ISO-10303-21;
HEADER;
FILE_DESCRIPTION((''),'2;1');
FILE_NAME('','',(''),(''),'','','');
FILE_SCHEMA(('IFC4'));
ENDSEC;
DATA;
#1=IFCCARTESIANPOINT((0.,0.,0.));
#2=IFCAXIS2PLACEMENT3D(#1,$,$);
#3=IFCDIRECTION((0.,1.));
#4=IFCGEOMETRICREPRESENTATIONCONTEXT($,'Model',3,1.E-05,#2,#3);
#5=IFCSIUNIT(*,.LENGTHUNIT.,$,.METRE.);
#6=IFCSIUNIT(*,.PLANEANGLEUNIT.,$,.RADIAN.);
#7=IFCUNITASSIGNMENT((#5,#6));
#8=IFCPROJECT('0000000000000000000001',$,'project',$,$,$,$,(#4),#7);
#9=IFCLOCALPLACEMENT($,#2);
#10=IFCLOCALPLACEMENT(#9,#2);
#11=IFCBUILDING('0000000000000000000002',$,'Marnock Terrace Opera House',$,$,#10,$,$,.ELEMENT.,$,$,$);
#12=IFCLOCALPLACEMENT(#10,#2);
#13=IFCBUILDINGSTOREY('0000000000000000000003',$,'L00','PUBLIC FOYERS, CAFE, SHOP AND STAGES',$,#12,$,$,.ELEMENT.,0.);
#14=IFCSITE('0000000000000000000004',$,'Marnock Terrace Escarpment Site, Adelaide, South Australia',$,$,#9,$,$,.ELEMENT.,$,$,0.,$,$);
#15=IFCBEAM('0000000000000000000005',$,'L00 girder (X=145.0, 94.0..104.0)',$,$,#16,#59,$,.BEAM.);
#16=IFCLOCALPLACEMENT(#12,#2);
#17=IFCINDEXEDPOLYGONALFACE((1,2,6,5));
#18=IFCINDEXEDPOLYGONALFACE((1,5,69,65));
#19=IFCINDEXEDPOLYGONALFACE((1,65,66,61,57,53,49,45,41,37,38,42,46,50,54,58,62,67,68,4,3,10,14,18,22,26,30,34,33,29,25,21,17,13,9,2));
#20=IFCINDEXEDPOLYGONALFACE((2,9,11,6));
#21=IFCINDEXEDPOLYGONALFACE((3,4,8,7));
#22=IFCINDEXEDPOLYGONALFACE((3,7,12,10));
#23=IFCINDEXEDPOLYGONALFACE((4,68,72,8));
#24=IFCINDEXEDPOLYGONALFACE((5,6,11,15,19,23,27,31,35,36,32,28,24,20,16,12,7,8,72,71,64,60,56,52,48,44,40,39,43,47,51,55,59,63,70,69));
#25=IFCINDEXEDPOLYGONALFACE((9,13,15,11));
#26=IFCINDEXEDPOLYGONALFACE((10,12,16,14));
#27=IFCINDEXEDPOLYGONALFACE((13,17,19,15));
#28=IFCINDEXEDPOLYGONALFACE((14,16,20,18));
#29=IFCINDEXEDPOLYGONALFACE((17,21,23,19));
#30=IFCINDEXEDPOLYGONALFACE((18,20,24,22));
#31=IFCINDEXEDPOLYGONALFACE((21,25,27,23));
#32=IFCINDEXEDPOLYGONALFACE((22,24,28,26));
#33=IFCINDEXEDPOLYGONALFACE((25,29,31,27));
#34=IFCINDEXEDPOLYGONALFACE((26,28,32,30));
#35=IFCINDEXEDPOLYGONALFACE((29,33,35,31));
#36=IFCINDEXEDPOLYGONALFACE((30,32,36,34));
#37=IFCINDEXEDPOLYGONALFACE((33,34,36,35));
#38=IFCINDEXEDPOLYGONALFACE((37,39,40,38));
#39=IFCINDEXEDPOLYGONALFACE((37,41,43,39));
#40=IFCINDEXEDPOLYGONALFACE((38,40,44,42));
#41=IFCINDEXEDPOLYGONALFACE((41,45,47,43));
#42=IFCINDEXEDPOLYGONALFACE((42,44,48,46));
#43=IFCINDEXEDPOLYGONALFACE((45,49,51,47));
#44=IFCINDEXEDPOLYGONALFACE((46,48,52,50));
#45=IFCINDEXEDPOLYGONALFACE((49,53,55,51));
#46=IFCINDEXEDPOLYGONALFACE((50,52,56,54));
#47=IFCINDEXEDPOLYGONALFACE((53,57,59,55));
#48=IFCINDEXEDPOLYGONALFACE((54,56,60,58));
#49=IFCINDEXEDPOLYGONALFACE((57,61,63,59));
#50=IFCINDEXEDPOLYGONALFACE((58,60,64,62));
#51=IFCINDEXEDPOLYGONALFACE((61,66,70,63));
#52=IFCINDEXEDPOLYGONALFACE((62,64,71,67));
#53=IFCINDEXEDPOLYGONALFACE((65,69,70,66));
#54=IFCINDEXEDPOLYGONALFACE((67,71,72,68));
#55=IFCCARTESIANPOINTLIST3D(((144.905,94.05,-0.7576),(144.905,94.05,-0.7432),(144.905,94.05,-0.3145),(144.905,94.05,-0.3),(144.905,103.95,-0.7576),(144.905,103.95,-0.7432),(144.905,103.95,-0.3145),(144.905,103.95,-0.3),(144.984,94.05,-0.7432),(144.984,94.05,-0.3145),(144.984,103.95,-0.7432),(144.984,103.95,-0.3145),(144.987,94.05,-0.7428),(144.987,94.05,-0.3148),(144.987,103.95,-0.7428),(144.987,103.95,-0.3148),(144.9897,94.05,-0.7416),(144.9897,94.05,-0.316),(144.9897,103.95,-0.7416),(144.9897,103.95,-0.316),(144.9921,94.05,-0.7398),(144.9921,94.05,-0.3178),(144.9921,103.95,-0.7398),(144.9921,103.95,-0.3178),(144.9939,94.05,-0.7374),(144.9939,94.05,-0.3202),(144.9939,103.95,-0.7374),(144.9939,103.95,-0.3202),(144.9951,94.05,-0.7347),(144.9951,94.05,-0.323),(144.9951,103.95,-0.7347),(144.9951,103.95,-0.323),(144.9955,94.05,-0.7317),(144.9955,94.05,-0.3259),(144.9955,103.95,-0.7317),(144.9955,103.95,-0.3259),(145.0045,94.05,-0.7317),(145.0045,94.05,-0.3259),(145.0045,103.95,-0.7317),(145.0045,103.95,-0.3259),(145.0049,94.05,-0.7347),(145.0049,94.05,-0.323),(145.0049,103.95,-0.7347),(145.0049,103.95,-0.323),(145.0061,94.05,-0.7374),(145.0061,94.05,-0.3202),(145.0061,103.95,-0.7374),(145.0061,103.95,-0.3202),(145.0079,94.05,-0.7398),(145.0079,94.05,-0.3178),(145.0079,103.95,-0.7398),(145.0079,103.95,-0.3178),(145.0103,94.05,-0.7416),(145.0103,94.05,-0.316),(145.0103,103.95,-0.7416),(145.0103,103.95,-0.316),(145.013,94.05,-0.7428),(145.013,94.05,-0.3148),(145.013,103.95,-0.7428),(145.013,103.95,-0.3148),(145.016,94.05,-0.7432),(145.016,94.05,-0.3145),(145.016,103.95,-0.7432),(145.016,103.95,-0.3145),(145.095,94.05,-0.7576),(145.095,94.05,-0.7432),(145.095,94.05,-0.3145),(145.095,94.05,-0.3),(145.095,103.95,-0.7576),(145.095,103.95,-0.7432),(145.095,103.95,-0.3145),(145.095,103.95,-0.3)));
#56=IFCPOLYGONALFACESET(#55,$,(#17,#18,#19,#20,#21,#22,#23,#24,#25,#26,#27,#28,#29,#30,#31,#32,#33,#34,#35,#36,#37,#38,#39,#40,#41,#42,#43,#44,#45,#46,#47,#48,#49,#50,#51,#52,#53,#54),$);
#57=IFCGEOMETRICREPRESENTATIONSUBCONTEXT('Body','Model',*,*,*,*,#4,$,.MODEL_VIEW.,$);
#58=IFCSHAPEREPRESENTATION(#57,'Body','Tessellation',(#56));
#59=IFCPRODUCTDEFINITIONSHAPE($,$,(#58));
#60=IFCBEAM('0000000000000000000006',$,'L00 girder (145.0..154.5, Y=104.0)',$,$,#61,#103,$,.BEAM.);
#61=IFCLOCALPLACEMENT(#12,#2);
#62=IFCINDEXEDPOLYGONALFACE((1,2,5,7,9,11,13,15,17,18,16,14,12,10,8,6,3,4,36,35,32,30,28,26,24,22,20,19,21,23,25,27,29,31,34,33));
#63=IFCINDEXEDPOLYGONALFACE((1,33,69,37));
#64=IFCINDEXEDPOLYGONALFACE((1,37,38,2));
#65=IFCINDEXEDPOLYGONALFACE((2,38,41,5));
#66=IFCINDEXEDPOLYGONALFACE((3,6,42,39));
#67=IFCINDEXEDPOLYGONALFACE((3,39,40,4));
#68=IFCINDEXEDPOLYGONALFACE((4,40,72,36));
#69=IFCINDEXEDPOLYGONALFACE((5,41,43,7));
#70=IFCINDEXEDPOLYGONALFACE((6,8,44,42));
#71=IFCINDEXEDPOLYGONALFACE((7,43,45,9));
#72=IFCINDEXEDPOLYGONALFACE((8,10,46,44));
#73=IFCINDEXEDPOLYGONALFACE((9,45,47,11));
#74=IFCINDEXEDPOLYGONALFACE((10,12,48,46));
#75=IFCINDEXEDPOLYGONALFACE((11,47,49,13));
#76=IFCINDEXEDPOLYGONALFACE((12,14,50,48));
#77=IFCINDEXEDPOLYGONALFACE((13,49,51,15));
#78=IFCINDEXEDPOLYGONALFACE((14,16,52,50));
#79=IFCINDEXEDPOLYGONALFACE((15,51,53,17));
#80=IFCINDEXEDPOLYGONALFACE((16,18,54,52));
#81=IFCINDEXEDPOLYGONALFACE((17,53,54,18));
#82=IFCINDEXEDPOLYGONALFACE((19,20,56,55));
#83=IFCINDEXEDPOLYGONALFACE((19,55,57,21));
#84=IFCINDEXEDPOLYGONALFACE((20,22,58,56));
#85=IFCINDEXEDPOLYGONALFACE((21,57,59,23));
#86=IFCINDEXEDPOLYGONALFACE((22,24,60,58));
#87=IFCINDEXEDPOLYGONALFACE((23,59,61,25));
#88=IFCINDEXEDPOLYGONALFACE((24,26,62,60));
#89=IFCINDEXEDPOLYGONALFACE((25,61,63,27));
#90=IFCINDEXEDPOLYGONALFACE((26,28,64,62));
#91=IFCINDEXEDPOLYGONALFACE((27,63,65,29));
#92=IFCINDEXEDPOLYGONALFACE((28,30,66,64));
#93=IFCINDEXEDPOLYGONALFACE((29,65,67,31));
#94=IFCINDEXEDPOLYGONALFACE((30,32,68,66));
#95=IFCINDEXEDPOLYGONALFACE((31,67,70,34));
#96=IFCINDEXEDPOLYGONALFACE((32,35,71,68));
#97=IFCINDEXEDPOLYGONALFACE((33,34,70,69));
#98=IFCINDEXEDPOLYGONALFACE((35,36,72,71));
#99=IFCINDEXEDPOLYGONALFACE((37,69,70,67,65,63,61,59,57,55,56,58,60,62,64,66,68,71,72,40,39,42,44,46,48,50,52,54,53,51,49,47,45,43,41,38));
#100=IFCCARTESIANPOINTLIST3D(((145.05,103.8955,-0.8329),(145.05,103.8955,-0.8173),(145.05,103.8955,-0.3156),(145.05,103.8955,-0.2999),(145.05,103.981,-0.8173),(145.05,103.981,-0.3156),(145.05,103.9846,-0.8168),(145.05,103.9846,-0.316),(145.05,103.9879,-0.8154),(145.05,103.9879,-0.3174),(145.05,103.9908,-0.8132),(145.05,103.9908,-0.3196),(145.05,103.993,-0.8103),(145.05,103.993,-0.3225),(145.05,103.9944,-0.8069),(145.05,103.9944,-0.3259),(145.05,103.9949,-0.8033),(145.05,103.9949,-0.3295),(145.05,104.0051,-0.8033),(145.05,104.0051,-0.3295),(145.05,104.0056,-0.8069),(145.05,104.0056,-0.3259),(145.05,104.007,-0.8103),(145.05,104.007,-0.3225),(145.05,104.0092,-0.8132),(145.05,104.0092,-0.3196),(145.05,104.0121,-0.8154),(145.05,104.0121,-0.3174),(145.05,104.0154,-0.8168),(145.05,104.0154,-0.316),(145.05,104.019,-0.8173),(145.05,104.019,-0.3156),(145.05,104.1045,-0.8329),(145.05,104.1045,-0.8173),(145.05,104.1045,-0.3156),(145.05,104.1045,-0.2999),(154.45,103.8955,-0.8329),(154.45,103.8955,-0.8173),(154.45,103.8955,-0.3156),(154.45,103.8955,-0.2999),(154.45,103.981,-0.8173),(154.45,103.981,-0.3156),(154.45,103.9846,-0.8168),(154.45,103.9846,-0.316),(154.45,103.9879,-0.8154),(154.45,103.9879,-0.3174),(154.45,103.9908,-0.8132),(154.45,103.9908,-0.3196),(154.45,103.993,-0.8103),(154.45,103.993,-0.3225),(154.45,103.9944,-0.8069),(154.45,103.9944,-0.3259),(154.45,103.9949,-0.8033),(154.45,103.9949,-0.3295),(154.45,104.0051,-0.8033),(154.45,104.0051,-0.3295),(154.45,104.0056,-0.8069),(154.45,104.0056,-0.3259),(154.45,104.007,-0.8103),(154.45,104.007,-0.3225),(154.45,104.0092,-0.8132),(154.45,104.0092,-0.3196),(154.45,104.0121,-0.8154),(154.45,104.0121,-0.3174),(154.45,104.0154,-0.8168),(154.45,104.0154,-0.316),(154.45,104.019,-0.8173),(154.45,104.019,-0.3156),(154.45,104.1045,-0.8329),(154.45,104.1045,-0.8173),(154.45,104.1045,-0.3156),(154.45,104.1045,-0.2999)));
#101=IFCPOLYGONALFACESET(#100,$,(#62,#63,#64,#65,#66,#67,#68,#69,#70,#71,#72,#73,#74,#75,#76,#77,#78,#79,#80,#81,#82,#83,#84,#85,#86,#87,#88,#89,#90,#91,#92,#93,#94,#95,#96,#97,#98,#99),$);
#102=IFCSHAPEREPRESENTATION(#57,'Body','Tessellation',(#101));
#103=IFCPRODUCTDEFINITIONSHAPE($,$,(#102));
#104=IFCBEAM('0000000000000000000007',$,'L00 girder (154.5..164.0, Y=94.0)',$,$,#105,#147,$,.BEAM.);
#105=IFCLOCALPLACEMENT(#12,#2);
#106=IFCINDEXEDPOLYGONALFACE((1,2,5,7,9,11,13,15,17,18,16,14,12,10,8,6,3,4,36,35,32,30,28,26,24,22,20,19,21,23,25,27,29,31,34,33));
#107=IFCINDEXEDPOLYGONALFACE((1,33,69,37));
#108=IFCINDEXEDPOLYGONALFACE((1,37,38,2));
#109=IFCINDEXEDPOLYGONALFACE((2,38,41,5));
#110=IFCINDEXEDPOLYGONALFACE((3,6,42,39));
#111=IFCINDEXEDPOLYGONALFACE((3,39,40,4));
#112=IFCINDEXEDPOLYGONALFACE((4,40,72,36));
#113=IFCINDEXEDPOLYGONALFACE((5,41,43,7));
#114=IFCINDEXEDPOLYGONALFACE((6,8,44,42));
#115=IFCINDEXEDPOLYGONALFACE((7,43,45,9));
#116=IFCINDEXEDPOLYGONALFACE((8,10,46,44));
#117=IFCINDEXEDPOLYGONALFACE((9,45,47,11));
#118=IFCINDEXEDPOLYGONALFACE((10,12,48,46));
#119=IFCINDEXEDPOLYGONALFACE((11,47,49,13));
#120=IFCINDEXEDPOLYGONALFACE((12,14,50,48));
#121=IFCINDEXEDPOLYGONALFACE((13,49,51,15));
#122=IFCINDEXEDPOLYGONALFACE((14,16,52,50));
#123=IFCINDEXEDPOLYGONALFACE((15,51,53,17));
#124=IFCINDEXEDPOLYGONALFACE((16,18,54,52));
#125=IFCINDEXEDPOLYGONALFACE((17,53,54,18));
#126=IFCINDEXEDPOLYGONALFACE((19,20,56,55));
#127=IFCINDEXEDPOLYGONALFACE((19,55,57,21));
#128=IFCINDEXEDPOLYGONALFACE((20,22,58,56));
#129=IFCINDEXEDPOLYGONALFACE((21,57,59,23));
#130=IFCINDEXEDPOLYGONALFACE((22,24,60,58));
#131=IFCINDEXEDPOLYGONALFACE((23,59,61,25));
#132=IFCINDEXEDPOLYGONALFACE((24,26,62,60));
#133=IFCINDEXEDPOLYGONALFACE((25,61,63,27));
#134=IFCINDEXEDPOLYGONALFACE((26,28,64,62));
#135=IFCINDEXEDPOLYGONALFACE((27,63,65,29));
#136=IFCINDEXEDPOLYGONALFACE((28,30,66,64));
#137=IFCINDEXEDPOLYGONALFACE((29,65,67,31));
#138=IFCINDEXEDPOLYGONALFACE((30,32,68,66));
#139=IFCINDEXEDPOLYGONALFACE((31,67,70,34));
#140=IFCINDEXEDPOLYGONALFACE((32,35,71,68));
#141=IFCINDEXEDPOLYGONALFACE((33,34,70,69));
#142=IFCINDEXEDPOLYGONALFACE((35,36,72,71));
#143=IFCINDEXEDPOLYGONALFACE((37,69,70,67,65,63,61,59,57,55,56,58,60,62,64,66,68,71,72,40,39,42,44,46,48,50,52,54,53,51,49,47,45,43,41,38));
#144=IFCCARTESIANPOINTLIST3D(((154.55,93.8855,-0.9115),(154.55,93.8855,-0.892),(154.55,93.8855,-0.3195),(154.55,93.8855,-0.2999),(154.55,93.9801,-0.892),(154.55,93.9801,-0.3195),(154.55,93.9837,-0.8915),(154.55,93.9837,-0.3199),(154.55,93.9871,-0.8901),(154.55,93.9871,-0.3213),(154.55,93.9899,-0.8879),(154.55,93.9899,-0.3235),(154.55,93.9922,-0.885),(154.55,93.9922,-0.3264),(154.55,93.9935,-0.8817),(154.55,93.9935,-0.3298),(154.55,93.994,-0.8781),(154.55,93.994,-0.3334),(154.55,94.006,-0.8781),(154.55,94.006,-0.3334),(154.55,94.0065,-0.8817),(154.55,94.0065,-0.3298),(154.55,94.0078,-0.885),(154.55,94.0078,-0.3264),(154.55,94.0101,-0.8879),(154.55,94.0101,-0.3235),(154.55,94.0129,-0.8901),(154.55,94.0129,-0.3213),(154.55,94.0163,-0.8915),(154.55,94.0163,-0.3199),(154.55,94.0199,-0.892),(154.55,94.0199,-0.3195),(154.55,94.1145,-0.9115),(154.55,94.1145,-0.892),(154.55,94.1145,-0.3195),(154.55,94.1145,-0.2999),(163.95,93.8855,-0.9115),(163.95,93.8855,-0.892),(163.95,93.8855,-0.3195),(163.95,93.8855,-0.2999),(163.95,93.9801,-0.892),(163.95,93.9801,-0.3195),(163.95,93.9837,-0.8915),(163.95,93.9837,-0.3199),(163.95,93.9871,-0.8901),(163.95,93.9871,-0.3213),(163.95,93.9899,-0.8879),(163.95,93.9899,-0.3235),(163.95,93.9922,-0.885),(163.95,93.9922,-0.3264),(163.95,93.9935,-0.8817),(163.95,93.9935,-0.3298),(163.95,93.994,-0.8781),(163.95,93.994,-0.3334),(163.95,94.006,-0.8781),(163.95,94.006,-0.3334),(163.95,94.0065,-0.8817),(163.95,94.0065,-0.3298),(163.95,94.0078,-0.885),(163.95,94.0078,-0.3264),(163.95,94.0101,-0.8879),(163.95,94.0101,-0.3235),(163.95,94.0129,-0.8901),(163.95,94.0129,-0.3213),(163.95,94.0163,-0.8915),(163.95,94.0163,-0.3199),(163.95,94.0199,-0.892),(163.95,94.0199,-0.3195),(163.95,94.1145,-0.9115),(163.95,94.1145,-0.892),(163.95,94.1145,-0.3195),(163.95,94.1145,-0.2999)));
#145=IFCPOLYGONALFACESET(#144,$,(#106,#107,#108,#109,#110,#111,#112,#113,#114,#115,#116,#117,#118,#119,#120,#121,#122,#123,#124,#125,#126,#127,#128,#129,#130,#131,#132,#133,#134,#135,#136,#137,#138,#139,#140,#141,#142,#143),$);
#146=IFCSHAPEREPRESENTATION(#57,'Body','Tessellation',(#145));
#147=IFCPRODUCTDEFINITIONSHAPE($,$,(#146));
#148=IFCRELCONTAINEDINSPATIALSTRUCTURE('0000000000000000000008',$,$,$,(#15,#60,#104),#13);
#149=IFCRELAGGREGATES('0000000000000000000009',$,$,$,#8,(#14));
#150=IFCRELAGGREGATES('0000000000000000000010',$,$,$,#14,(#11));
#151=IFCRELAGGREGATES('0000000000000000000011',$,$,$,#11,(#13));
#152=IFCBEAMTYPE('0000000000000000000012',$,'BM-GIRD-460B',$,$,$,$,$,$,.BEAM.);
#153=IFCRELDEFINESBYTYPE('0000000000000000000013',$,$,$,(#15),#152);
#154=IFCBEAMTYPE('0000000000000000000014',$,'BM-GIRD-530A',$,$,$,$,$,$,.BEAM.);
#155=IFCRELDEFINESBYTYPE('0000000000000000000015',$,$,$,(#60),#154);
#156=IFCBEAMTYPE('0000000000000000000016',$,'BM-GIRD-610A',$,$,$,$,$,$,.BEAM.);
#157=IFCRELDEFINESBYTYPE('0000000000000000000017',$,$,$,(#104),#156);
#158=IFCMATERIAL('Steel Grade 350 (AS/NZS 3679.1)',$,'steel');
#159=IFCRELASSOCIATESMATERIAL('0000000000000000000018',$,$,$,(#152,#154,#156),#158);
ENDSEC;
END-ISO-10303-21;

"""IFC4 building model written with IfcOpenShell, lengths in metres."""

from ifc_helpers import new_model, si_unit, direction, frame, origin, origin_2d, place, context, subcontext, project, spatial, i_section, extrude, material, material_profile, profile_set, type_object, element, save


model = new_model("IFC4")

# Units and contexts
model_context = context("Model", 3, precision=1e-05, world=origin(), true_north=direction((0.0, 1.0)))
body_context = subcontext(model_context, "Body", "Model", "MODEL_VIEW")
ifc_project = project(units=[si_unit("LENGTHUNIT", "METRE"), si_unit("PLANEANGLEUNIT", "RADIAN")], contexts=[model_context])

# Site, building, storey
site_placement = place(None, origin())
site = spatial("IfcSite", under=ifc_project, at=site_placement, Name="Marnock Terrace Escarpment Site, Adelaide, South Australia", CompositionType="ELEMENT", RefElevation=0.0)
building_placement = place(site_placement, origin())
building = spatial("IfcBuilding", under=site, at=building_placement, Name="Marnock Terrace Opera House", CompositionType="ELEMENT")
storey_placement = place(building_placement, origin())
storey = spatial("IfcBuildingStorey", under=building, at=storey_placement, Name="L00", Description="PUBLIC FOYERS, CAFE, SHOP AND STAGES", CompositionType="ELEMENT", Elevation=0.0)

# Shared definitions
ifc_material_1 = material(Name="Steel Grade 350 (AS/NZS 3679.1)", Category="steel")

# Beams
ifc_material_profile_1 = material_profile(ifc_material_1, i_section(OverallWidth=0.1899, OverallDepth=0.4575, WebThickness=0.009, FlangeThickness=0.0144, FilletRadius=0.0115, at=origin_2d()))
ifc_profile_set_1 = profile_set([ifc_material_profile_1], Name="Steel Grade 350 (AS/NZS 3679.1)")
beam_type_1 = type_object("IfcBeamType", Name="BM-GIRD-460B", PredefinedType="BEAM", material=ifc_profile_set_1)
beam_1_placement = place(storey_placement, frame((145.0, 94.05, -0.5288), z_axis=(0.0, 1.0, 0.0), x_axis=(-1.0, 0.0, 0.0)))
element("IfcBeam", 1, at=beam_1_placement, inside=storey, type_object=beam_type_1, Name="L00 girder (X=145.0, 94.0..104.0)", PredefinedType="BEAM", context=body_context, shape_type="SweptSolid", body=[
    extrude(i_section(OverallWidth=0.1899, OverallDepth=0.4575, WebThickness=0.009, FlangeThickness=0.0144, FilletRadius=0.0115, at=origin_2d()), origin(), (0.0, 0.0, 1.0), 9.8999),
])
ifc_material_profile_2 = material_profile(ifc_material_1, i_section(OverallWidth=0.209, OverallDepth=0.533, WebThickness=0.0103, FlangeThickness=0.0156, FilletRadius=0.0139, at=origin_2d()))
ifc_profile_set_2 = profile_set([ifc_material_profile_2], Name="Steel Grade 350 (AS/NZS 3679.1)")
beam_type_2 = type_object("IfcBeamType", Name="BM-GIRD-530A", PredefinedType="BEAM", material=ifc_profile_set_2)
beam_2_placement = place(storey_placement, frame((145.05, 104.0, -0.5664), z_axis=(1.0, 0.0, 0.0), x_axis=(0.0, 1.0, 0.0)))
element("IfcBeam", 2, at=beam_2_placement, inside=storey, type_object=beam_type_2, Name="L00 girder (145.0..154.5, Y=104.0)", PredefinedType="BEAM", context=body_context, shape_type="SweptSolid", body=[
    extrude(i_section(OverallWidth=0.209, OverallDepth=0.533, WebThickness=0.0103, FlangeThickness=0.0156, FilletRadius=0.0139, at=origin_2d()), origin(), (0.0, 0.0, 1.0), 9.3999),
])
ifc_material_profile_3 = material_profile(ifc_material_1, i_section(OverallWidth=0.229, OverallDepth=0.6116, WebThickness=0.012, FlangeThickness=0.0195, FilletRadius=0.0139, at=origin_2d()))
ifc_profile_set_3 = profile_set([ifc_material_profile_3], Name="Steel Grade 350 (AS/NZS 3679.1)")
beam_type_3 = type_object("IfcBeamType", Name="BM-GIRD-610A", PredefinedType="BEAM", material=ifc_profile_set_3)
beam_3_placement = place(storey_placement, frame((154.55, 94.0, -0.6057), z_axis=(1.0, 0.0, 0.0), x_axis=(0.0, 1.0, 0.0)))
element("IfcBeam", 3, at=beam_3_placement, inside=storey, type_object=beam_type_3, Name="L00 girder (154.5..164.0, Y=94.0)", PredefinedType="BEAM", context=body_context, shape_type="SweptSolid", body=[
    extrude(i_section(OverallWidth=0.229, OverallDepth=0.6116, WebThickness=0.012, FlangeThickness=0.0195, FilletRadius=0.0139, at=origin_2d()), origin(), (0.0, 0.0, 1.0), 9.3999),
])

save(model, "model.ifc")
